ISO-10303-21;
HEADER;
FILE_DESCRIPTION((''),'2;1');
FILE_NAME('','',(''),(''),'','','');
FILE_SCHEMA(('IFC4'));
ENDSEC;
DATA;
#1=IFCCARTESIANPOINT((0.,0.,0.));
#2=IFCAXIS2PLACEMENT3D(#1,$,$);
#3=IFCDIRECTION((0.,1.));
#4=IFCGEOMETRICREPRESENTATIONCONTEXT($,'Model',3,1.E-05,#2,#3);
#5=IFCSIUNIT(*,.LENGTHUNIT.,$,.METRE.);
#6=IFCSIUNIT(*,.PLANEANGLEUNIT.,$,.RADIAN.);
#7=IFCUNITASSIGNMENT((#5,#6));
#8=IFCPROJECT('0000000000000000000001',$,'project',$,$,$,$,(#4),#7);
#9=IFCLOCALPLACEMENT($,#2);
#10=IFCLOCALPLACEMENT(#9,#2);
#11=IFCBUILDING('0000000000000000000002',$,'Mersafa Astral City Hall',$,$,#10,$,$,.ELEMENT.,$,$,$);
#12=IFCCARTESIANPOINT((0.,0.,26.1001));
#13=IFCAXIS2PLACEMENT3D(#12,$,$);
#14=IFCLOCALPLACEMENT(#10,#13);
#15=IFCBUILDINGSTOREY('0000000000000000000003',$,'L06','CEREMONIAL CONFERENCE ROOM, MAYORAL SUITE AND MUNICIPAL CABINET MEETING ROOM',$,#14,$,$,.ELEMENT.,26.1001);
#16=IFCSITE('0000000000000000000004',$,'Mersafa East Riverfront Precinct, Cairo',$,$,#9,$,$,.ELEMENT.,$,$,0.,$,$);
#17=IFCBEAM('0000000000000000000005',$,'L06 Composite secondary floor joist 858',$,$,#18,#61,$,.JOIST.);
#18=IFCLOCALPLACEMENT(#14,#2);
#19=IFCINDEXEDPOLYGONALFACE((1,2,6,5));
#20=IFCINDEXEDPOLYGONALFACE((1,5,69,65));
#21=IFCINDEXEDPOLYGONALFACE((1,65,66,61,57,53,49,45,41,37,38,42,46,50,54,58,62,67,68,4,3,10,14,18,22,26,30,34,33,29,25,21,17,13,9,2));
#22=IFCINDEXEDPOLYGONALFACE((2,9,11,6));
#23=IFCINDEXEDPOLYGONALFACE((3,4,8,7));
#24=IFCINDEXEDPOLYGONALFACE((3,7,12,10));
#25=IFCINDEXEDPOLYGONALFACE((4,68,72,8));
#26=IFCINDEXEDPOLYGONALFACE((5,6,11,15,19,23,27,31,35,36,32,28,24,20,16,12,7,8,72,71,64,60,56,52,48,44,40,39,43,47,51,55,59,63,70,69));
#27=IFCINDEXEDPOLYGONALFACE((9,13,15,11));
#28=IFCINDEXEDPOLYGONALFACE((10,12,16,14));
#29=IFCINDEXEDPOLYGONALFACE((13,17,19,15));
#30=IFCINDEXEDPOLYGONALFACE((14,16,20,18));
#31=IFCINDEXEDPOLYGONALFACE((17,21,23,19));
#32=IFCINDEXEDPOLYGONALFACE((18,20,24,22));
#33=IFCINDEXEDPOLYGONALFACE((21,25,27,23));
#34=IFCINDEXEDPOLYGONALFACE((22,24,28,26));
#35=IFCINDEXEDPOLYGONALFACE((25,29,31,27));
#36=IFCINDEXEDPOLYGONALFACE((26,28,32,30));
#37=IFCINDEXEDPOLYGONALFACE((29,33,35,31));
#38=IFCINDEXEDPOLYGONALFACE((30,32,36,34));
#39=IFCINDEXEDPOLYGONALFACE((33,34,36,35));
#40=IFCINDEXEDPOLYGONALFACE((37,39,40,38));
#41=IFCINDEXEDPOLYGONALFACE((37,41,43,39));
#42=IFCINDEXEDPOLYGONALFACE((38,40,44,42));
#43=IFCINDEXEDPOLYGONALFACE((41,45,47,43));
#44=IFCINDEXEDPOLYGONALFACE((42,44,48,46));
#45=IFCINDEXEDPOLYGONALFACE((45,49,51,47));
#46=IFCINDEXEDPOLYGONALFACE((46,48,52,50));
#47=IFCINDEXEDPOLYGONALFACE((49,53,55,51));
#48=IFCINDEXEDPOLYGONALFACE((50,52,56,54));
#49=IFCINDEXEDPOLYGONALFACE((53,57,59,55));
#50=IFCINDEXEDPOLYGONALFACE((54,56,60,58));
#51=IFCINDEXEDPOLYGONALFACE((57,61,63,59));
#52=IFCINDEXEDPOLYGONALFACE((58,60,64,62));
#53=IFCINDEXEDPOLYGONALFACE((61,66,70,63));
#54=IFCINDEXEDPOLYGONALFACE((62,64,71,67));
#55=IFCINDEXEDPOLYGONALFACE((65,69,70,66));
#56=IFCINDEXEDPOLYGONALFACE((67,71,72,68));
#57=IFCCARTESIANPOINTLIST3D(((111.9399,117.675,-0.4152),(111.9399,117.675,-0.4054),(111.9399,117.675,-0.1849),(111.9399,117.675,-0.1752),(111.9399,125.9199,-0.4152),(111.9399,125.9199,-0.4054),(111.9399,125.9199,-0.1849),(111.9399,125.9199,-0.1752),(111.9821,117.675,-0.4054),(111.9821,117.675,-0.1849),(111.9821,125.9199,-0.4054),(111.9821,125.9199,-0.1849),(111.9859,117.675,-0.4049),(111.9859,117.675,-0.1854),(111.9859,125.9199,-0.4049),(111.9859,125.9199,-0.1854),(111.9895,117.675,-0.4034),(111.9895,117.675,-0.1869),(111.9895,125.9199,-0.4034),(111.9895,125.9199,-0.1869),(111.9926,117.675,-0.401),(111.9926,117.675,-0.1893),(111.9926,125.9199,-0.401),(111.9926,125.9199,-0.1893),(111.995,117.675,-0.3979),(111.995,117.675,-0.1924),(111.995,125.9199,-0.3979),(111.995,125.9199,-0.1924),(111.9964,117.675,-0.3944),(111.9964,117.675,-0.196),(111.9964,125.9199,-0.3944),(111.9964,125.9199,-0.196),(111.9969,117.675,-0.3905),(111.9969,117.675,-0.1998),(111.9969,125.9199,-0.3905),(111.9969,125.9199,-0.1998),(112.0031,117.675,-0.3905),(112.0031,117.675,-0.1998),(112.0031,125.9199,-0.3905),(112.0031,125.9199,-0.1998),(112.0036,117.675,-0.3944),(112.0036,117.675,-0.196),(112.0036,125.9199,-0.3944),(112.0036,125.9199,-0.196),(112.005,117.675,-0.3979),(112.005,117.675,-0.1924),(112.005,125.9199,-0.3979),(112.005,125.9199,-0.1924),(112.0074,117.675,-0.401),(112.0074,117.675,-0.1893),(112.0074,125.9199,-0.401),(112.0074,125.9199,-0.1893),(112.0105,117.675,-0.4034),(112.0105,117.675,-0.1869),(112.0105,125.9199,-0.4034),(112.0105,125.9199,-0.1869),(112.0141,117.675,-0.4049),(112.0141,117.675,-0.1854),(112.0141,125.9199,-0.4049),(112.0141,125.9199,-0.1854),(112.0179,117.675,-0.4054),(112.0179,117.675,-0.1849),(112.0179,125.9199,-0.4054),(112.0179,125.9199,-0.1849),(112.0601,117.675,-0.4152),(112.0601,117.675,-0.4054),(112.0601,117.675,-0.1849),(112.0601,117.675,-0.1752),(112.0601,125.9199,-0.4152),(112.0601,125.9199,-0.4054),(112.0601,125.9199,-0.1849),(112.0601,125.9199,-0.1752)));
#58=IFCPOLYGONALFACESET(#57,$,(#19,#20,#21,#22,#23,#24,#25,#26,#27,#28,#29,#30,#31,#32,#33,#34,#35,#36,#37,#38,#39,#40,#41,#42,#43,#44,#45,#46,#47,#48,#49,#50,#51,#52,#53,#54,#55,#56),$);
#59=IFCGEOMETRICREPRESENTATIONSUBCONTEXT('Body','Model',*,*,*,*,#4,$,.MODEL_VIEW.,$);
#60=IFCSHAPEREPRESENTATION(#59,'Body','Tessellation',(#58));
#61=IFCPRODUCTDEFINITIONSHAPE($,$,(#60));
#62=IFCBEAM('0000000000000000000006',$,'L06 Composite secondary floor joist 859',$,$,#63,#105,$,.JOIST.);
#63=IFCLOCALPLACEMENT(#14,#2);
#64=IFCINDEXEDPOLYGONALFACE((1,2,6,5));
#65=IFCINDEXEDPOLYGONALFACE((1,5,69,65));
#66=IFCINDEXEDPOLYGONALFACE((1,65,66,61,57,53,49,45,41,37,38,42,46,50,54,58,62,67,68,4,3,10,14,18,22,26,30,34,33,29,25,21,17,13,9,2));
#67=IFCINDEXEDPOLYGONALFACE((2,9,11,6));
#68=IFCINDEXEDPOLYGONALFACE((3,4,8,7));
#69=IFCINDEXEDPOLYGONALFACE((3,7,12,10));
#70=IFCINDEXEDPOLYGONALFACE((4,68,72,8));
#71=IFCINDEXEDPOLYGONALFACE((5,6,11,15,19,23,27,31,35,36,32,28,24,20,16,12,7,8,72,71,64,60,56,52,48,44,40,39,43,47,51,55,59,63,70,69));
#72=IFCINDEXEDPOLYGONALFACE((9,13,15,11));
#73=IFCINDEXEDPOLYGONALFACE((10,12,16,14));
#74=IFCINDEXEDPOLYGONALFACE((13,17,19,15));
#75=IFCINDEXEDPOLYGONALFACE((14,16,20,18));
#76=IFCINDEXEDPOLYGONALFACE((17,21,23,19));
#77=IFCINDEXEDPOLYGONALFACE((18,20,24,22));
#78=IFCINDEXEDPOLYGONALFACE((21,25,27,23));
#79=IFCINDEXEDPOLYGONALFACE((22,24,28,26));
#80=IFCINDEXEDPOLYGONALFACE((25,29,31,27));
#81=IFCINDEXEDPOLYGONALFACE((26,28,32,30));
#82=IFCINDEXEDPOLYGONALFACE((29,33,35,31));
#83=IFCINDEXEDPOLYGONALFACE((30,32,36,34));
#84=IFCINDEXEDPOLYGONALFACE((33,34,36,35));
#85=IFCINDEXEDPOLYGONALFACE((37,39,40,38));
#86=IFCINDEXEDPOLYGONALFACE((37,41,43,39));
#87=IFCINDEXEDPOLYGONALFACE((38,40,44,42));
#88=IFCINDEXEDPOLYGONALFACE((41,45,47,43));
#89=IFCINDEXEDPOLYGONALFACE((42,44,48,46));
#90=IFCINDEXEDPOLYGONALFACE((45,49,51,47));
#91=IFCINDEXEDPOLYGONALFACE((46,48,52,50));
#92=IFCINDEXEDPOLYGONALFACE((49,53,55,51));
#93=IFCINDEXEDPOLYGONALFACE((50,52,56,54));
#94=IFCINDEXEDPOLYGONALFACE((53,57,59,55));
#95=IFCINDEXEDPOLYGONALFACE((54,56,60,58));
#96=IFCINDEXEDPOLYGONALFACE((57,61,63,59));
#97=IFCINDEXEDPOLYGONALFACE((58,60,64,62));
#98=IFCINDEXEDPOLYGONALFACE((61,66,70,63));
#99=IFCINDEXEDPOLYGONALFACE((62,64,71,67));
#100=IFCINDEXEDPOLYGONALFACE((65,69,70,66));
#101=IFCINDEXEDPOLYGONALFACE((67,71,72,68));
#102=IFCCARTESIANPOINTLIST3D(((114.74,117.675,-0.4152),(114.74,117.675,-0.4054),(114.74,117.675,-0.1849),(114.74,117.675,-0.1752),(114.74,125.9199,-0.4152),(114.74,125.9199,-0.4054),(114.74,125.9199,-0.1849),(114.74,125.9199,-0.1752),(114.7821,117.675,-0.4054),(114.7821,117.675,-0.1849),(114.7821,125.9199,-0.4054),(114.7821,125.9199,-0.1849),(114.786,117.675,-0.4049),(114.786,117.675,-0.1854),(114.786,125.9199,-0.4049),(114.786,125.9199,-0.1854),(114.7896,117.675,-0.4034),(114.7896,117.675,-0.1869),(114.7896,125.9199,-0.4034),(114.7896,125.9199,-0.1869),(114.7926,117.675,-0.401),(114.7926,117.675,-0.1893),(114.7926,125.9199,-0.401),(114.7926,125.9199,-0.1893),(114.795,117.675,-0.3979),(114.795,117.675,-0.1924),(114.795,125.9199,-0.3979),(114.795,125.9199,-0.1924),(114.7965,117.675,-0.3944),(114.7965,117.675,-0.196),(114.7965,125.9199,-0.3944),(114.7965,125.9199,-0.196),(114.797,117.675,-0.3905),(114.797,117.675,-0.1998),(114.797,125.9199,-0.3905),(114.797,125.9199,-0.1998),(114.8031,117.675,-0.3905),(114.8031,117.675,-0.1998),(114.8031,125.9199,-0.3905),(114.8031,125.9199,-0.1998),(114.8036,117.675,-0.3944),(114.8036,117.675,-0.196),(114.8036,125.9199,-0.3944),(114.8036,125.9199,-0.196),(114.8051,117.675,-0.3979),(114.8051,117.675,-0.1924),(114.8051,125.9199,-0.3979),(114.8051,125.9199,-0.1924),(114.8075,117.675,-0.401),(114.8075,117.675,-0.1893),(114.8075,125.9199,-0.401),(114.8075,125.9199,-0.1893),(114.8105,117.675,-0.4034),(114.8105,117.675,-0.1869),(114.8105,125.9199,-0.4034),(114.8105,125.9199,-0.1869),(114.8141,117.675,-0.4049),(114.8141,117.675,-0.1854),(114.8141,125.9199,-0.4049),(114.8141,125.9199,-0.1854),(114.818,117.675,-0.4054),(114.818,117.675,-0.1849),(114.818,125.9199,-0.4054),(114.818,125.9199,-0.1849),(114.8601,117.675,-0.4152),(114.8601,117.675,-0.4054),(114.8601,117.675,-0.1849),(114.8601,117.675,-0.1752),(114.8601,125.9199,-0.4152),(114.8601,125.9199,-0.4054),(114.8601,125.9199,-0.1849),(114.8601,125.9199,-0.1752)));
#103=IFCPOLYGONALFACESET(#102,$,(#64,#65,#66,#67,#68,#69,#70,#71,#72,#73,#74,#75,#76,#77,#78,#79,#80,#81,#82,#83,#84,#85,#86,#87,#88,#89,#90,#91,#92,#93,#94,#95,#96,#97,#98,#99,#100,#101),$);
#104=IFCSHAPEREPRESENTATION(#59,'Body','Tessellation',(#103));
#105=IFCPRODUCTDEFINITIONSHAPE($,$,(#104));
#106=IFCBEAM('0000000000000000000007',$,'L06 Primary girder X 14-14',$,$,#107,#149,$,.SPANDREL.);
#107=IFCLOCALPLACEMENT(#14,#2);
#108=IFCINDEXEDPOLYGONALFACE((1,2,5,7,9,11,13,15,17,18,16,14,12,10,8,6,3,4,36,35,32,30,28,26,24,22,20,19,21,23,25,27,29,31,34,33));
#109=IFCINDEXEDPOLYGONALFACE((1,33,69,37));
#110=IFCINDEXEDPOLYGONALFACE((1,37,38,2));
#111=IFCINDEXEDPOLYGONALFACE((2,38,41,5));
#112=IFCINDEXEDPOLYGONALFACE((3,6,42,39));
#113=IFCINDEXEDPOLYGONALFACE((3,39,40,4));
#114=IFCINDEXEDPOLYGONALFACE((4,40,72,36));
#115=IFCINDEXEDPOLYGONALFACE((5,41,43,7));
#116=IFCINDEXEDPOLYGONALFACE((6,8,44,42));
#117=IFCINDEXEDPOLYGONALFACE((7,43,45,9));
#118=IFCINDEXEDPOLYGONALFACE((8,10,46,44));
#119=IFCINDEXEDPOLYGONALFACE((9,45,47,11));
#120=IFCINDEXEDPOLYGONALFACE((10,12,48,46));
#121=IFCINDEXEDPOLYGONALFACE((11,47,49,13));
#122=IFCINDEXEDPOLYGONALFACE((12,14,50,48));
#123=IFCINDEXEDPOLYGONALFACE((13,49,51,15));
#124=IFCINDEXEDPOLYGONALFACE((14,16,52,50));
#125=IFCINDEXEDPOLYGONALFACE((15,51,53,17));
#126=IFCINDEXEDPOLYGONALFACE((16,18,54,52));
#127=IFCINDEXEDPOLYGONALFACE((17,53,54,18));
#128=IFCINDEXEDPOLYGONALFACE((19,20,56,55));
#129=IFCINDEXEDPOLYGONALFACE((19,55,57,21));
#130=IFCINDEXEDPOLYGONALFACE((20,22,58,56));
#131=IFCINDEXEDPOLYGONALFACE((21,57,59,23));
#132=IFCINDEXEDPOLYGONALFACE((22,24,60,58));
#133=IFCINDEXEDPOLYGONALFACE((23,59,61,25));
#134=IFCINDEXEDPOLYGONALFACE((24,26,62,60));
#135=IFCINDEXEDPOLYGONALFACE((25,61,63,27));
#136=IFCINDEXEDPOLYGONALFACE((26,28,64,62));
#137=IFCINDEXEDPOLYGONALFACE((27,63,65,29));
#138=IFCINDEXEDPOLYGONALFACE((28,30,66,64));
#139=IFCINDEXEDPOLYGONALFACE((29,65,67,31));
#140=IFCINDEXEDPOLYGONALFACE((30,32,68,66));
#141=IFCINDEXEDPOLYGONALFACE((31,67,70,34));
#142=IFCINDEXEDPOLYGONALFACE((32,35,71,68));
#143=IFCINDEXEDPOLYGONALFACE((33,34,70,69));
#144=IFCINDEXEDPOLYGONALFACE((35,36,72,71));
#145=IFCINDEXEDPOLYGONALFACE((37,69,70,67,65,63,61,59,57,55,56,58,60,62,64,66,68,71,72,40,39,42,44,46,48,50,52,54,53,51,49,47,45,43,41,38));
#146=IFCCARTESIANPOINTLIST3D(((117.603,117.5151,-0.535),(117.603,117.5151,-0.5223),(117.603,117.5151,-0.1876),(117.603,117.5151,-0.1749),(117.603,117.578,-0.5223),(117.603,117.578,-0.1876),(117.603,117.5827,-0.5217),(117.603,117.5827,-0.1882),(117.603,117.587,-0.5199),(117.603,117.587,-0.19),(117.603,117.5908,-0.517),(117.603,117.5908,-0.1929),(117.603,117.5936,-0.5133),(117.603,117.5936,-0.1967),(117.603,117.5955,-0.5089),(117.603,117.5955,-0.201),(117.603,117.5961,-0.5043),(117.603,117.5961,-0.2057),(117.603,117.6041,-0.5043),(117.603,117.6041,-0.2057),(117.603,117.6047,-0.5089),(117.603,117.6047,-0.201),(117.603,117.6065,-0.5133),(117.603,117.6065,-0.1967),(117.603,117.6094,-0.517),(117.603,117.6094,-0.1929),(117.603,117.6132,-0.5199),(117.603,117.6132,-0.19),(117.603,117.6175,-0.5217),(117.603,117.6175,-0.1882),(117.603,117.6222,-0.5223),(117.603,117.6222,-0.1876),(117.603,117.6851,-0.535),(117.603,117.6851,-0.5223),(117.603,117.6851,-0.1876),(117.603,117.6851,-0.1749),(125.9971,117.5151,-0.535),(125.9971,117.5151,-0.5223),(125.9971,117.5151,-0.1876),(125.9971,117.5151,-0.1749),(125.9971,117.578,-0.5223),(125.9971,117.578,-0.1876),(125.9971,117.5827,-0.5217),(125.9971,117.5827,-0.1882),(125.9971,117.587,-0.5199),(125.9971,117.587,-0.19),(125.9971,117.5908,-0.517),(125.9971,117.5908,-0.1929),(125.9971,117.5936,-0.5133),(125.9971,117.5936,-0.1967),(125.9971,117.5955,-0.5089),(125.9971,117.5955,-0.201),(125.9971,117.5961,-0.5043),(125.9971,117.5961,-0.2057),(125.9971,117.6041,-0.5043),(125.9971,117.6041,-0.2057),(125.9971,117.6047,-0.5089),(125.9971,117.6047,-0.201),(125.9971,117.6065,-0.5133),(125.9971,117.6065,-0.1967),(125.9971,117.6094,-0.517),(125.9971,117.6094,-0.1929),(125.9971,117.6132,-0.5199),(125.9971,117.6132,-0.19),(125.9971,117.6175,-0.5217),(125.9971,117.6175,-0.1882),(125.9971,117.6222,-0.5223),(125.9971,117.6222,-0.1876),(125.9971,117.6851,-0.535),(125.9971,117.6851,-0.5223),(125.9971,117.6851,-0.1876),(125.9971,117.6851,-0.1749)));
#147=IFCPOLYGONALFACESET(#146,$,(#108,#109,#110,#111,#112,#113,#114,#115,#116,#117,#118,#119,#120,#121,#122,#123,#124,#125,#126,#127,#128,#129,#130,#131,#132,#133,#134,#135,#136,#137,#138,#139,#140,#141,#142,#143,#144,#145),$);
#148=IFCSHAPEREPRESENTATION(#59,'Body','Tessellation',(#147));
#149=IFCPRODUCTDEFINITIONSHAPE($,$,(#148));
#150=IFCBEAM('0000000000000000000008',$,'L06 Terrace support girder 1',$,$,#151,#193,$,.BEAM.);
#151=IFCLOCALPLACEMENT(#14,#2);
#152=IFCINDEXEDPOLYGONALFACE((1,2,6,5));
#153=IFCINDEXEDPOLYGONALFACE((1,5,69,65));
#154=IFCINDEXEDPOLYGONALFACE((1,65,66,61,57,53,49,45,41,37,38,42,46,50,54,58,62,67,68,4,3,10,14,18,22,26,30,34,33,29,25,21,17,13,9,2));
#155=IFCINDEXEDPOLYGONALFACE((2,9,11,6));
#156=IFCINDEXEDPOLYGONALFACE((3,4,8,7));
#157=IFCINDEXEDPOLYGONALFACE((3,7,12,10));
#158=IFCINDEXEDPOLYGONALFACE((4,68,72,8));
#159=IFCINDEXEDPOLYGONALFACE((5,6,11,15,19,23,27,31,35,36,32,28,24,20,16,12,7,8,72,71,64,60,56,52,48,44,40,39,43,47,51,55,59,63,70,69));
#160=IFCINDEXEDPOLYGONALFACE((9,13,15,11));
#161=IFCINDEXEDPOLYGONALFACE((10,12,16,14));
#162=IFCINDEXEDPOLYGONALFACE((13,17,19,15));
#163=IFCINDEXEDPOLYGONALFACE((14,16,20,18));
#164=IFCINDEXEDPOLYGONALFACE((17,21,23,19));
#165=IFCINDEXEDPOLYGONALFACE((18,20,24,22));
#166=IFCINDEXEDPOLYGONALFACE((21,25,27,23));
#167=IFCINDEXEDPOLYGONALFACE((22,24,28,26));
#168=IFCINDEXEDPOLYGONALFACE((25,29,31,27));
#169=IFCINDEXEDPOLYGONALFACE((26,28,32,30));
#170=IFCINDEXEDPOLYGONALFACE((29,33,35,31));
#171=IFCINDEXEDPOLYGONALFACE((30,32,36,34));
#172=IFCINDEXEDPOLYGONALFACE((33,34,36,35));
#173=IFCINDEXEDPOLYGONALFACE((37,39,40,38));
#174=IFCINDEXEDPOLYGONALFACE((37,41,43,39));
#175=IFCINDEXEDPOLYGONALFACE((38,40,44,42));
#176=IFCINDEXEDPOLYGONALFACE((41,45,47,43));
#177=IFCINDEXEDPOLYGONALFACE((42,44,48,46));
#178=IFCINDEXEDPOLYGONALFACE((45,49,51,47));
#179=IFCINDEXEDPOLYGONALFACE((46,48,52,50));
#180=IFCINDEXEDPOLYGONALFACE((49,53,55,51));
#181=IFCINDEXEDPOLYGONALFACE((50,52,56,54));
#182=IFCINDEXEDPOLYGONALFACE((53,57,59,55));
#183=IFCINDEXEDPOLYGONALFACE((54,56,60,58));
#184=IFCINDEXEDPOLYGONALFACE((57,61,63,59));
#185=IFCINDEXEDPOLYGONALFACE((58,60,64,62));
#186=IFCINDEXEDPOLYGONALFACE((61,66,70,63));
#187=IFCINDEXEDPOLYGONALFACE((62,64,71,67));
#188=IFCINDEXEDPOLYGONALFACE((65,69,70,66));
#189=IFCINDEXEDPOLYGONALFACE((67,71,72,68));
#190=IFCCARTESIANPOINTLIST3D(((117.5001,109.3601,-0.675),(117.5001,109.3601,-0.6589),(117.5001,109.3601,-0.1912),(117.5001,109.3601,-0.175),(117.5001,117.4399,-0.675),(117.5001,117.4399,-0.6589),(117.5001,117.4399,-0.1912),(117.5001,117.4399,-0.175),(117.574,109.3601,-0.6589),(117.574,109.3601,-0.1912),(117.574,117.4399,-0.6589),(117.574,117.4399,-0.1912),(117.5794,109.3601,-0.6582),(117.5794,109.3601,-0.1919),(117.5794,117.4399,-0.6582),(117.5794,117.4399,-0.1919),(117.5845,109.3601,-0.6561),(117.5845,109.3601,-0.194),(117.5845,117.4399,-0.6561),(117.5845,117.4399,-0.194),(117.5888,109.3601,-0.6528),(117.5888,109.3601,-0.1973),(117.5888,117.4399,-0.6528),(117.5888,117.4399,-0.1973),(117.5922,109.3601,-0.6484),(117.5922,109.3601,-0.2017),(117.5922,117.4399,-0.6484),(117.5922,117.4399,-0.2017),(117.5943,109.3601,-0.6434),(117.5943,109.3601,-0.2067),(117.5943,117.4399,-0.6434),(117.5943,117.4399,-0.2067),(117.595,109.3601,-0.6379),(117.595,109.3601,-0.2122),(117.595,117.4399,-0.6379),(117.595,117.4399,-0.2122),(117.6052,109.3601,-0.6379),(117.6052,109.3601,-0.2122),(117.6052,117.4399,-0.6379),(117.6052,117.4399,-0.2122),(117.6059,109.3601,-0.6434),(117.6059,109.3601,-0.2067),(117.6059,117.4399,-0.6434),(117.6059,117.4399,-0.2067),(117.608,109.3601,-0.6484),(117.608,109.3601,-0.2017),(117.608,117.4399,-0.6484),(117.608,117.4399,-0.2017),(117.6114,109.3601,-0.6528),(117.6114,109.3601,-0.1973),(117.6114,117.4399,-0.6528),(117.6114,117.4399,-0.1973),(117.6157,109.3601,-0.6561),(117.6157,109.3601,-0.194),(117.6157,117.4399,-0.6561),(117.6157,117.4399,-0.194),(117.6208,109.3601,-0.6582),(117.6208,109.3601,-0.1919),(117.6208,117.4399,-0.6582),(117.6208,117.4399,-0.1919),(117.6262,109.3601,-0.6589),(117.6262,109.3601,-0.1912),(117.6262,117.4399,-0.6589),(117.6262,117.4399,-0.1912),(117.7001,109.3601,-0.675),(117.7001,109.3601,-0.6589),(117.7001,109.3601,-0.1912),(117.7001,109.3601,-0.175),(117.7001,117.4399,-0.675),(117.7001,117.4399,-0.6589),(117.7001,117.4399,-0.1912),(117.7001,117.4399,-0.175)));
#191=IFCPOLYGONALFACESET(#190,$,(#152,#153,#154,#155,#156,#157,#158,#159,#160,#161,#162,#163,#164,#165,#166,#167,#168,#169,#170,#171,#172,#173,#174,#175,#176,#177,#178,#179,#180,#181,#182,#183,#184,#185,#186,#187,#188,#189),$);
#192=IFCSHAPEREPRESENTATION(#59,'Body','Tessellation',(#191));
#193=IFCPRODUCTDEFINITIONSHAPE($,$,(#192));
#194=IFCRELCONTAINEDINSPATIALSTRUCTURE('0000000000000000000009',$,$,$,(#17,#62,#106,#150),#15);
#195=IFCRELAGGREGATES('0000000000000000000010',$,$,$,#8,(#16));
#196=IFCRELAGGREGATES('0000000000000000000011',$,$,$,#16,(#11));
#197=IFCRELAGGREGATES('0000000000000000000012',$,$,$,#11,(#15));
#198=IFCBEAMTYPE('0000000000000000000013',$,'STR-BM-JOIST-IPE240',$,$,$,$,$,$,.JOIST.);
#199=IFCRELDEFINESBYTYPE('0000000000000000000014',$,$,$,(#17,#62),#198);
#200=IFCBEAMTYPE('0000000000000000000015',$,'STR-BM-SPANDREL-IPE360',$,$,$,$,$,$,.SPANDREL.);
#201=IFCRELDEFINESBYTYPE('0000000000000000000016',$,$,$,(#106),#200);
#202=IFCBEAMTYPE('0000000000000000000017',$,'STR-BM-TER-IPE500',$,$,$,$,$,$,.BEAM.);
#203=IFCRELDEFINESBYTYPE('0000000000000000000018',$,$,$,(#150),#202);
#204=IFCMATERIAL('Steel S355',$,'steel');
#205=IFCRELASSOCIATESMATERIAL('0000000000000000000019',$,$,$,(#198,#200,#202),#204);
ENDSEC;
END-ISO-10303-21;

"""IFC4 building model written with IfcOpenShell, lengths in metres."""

from ifc_helpers import new_model, si_unit, direction, frame, origin, origin_2d, place, context, subcontext, project, spatial, i_section, extrude, material, material_profile, profile_set, type_object, element, save


model = new_model("IFC4")

# Units and contexts
model_context = context("Model", 3, precision=1e-05, world=origin(), true_north=direction((0.0, 1.0)))
body_context = subcontext(model_context, "Body", "Model", "MODEL_VIEW")
ifc_project = project(units=[si_unit("LENGTHUNIT", "METRE"), si_unit("PLANEANGLEUNIT", "RADIAN")], contexts=[model_context])

# Site, building, storey
site_placement = place(None, origin())
site = spatial("IfcSite", under=ifc_project, at=site_placement, Name="Mersafa East Riverfront Precinct, Cairo", CompositionType="ELEMENT", RefElevation=0.0)
building_placement = place(site_placement, origin())
building = spatial("IfcBuilding", under=site, at=building_placement, Name="Mersafa Astral City Hall", CompositionType="ELEMENT")
storey_placement = place(building_placement, frame((0.0, 0.0, 26.1001)))
storey = spatial("IfcBuildingStorey", under=building, at=storey_placement, Name="L06", Description="CEREMONIAL CONFERENCE ROOM, MAYORAL SUITE AND MUNICIPAL CABINET MEETING ROOM", CompositionType="ELEMENT", Elevation=26.1001)

# Shared definitions
ifc_material_1 = material(Name="Steel S355", Category="steel")

# Beams
ifc_material_profile_1 = material_profile(ifc_material_1, i_section(OverallWidth=0.1201, OverallDepth=0.24, WebThickness=0.0061, FlangeThickness=0.0098, FilletRadius=0.0149, at=origin_2d()), Name="IPE 240")
ifc_profile_set_1 = profile_set([ifc_material_profile_1], Name="Steel S355")
beam_type_1 = type_object("IfcBeamType", Name="STR-BM-JOIST-IPE240", PredefinedType="JOIST", material=ifc_profile_set_1)
for number, where, z_axis, x_axis, name in (
    (1, (112.0, 117.675, -0.2952), (0.0, 1.0, 0.0), (-1.0, 0.0, 0.0), "L06 Composite secondary floor joist 858"),
    (2, (114.8, 117.675, -0.2952), (0.0, 1.0, 0.0), (-1.0, 0.0, 0.0), "L06 Composite secondary floor joist 859"),
):
    element("IfcBeam", number, at=place(storey_placement, frame(where, z_axis=z_axis, x_axis=x_axis)), inside=storey, type_object=beam_type_1, Name=name, PredefinedType="JOIST", context=body_context, shape_type="SweptSolid", body=[
        extrude(i_section(OverallWidth=0.1201, OverallDepth=0.24, WebThickness=0.0061, FlangeThickness=0.0098, FilletRadius=0.0149, at=origin_2d()), origin(), (0.0, 0.0, 1.0), 8.2449),
    ])
ifc_material_profile_2 = material_profile(ifc_material_1, i_section(OverallWidth=0.1699, OverallDepth=0.3601, WebThickness=0.0081, FlangeThickness=0.0127, FilletRadius=0.0181, at=origin_2d()), Name="IPE 360")
ifc_profile_set_2 = profile_set([ifc_material_profile_2], Name="Steel S355")
beam_type_2 = type_object("IfcBeamType", Name="STR-BM-SPANDREL-IPE360", PredefinedType="SPANDREL", material=ifc_profile_set_2)
beam_1_placement = place(storey_placement, frame((117.603, 117.6001, -0.355), z_axis=(1.0, 0.0, 0.0), x_axis=(0.0, 1.0, 0.0)))
element("IfcBeam", 3, at=beam_1_placement, inside=storey, type_object=beam_type_2, Name="L06 Primary girder X 14-14", PredefinedType="SPANDREL", context=body_context, shape_type="SweptSolid", body=[
    extrude(i_section(OverallWidth=0.1699, OverallDepth=0.3601, WebThickness=0.0081, FlangeThickness=0.0127, FilletRadius=0.0181, at=origin_2d()), origin(), (0.0, 0.0, 1.0), 8.394),
])
ifc_material_profile_3 = material_profile(ifc_material_1, i_section(OverallWidth=0.2, OverallDepth=0.5, WebThickness=0.0103, FlangeThickness=0.0161, FilletRadius=0.021, at=origin_2d()), Name="IPE 500")
ifc_profile_set_3 = profile_set([ifc_material_profile_3], Name="Steel S355")
beam_type_3 = type_object("IfcBeamType", Name="STR-BM-TER-IPE500", PredefinedType="BEAM", material=ifc_profile_set_3)
beam_2_placement = place(storey_placement, frame((117.6001, 109.3601, -0.425), z_axis=(0.0, 1.0, 0.0), x_axis=(-1.0, 0.0, 0.0)))
element("IfcBeam", 4, at=beam_2_placement, inside=storey, type_object=beam_type_3, Name="L06 Terrace support girder 1", PredefinedType="BEAM", context=body_context, shape_type="SweptSolid", body=[
    extrude(i_section(OverallWidth=0.2, OverallDepth=0.5, WebThickness=0.0103, FlangeThickness=0.0161, FilletRadius=0.021, at=origin_2d()), origin(), (0.0, 0.0, 1.0), 8.0798),
])

save(model, "model.ifc")
